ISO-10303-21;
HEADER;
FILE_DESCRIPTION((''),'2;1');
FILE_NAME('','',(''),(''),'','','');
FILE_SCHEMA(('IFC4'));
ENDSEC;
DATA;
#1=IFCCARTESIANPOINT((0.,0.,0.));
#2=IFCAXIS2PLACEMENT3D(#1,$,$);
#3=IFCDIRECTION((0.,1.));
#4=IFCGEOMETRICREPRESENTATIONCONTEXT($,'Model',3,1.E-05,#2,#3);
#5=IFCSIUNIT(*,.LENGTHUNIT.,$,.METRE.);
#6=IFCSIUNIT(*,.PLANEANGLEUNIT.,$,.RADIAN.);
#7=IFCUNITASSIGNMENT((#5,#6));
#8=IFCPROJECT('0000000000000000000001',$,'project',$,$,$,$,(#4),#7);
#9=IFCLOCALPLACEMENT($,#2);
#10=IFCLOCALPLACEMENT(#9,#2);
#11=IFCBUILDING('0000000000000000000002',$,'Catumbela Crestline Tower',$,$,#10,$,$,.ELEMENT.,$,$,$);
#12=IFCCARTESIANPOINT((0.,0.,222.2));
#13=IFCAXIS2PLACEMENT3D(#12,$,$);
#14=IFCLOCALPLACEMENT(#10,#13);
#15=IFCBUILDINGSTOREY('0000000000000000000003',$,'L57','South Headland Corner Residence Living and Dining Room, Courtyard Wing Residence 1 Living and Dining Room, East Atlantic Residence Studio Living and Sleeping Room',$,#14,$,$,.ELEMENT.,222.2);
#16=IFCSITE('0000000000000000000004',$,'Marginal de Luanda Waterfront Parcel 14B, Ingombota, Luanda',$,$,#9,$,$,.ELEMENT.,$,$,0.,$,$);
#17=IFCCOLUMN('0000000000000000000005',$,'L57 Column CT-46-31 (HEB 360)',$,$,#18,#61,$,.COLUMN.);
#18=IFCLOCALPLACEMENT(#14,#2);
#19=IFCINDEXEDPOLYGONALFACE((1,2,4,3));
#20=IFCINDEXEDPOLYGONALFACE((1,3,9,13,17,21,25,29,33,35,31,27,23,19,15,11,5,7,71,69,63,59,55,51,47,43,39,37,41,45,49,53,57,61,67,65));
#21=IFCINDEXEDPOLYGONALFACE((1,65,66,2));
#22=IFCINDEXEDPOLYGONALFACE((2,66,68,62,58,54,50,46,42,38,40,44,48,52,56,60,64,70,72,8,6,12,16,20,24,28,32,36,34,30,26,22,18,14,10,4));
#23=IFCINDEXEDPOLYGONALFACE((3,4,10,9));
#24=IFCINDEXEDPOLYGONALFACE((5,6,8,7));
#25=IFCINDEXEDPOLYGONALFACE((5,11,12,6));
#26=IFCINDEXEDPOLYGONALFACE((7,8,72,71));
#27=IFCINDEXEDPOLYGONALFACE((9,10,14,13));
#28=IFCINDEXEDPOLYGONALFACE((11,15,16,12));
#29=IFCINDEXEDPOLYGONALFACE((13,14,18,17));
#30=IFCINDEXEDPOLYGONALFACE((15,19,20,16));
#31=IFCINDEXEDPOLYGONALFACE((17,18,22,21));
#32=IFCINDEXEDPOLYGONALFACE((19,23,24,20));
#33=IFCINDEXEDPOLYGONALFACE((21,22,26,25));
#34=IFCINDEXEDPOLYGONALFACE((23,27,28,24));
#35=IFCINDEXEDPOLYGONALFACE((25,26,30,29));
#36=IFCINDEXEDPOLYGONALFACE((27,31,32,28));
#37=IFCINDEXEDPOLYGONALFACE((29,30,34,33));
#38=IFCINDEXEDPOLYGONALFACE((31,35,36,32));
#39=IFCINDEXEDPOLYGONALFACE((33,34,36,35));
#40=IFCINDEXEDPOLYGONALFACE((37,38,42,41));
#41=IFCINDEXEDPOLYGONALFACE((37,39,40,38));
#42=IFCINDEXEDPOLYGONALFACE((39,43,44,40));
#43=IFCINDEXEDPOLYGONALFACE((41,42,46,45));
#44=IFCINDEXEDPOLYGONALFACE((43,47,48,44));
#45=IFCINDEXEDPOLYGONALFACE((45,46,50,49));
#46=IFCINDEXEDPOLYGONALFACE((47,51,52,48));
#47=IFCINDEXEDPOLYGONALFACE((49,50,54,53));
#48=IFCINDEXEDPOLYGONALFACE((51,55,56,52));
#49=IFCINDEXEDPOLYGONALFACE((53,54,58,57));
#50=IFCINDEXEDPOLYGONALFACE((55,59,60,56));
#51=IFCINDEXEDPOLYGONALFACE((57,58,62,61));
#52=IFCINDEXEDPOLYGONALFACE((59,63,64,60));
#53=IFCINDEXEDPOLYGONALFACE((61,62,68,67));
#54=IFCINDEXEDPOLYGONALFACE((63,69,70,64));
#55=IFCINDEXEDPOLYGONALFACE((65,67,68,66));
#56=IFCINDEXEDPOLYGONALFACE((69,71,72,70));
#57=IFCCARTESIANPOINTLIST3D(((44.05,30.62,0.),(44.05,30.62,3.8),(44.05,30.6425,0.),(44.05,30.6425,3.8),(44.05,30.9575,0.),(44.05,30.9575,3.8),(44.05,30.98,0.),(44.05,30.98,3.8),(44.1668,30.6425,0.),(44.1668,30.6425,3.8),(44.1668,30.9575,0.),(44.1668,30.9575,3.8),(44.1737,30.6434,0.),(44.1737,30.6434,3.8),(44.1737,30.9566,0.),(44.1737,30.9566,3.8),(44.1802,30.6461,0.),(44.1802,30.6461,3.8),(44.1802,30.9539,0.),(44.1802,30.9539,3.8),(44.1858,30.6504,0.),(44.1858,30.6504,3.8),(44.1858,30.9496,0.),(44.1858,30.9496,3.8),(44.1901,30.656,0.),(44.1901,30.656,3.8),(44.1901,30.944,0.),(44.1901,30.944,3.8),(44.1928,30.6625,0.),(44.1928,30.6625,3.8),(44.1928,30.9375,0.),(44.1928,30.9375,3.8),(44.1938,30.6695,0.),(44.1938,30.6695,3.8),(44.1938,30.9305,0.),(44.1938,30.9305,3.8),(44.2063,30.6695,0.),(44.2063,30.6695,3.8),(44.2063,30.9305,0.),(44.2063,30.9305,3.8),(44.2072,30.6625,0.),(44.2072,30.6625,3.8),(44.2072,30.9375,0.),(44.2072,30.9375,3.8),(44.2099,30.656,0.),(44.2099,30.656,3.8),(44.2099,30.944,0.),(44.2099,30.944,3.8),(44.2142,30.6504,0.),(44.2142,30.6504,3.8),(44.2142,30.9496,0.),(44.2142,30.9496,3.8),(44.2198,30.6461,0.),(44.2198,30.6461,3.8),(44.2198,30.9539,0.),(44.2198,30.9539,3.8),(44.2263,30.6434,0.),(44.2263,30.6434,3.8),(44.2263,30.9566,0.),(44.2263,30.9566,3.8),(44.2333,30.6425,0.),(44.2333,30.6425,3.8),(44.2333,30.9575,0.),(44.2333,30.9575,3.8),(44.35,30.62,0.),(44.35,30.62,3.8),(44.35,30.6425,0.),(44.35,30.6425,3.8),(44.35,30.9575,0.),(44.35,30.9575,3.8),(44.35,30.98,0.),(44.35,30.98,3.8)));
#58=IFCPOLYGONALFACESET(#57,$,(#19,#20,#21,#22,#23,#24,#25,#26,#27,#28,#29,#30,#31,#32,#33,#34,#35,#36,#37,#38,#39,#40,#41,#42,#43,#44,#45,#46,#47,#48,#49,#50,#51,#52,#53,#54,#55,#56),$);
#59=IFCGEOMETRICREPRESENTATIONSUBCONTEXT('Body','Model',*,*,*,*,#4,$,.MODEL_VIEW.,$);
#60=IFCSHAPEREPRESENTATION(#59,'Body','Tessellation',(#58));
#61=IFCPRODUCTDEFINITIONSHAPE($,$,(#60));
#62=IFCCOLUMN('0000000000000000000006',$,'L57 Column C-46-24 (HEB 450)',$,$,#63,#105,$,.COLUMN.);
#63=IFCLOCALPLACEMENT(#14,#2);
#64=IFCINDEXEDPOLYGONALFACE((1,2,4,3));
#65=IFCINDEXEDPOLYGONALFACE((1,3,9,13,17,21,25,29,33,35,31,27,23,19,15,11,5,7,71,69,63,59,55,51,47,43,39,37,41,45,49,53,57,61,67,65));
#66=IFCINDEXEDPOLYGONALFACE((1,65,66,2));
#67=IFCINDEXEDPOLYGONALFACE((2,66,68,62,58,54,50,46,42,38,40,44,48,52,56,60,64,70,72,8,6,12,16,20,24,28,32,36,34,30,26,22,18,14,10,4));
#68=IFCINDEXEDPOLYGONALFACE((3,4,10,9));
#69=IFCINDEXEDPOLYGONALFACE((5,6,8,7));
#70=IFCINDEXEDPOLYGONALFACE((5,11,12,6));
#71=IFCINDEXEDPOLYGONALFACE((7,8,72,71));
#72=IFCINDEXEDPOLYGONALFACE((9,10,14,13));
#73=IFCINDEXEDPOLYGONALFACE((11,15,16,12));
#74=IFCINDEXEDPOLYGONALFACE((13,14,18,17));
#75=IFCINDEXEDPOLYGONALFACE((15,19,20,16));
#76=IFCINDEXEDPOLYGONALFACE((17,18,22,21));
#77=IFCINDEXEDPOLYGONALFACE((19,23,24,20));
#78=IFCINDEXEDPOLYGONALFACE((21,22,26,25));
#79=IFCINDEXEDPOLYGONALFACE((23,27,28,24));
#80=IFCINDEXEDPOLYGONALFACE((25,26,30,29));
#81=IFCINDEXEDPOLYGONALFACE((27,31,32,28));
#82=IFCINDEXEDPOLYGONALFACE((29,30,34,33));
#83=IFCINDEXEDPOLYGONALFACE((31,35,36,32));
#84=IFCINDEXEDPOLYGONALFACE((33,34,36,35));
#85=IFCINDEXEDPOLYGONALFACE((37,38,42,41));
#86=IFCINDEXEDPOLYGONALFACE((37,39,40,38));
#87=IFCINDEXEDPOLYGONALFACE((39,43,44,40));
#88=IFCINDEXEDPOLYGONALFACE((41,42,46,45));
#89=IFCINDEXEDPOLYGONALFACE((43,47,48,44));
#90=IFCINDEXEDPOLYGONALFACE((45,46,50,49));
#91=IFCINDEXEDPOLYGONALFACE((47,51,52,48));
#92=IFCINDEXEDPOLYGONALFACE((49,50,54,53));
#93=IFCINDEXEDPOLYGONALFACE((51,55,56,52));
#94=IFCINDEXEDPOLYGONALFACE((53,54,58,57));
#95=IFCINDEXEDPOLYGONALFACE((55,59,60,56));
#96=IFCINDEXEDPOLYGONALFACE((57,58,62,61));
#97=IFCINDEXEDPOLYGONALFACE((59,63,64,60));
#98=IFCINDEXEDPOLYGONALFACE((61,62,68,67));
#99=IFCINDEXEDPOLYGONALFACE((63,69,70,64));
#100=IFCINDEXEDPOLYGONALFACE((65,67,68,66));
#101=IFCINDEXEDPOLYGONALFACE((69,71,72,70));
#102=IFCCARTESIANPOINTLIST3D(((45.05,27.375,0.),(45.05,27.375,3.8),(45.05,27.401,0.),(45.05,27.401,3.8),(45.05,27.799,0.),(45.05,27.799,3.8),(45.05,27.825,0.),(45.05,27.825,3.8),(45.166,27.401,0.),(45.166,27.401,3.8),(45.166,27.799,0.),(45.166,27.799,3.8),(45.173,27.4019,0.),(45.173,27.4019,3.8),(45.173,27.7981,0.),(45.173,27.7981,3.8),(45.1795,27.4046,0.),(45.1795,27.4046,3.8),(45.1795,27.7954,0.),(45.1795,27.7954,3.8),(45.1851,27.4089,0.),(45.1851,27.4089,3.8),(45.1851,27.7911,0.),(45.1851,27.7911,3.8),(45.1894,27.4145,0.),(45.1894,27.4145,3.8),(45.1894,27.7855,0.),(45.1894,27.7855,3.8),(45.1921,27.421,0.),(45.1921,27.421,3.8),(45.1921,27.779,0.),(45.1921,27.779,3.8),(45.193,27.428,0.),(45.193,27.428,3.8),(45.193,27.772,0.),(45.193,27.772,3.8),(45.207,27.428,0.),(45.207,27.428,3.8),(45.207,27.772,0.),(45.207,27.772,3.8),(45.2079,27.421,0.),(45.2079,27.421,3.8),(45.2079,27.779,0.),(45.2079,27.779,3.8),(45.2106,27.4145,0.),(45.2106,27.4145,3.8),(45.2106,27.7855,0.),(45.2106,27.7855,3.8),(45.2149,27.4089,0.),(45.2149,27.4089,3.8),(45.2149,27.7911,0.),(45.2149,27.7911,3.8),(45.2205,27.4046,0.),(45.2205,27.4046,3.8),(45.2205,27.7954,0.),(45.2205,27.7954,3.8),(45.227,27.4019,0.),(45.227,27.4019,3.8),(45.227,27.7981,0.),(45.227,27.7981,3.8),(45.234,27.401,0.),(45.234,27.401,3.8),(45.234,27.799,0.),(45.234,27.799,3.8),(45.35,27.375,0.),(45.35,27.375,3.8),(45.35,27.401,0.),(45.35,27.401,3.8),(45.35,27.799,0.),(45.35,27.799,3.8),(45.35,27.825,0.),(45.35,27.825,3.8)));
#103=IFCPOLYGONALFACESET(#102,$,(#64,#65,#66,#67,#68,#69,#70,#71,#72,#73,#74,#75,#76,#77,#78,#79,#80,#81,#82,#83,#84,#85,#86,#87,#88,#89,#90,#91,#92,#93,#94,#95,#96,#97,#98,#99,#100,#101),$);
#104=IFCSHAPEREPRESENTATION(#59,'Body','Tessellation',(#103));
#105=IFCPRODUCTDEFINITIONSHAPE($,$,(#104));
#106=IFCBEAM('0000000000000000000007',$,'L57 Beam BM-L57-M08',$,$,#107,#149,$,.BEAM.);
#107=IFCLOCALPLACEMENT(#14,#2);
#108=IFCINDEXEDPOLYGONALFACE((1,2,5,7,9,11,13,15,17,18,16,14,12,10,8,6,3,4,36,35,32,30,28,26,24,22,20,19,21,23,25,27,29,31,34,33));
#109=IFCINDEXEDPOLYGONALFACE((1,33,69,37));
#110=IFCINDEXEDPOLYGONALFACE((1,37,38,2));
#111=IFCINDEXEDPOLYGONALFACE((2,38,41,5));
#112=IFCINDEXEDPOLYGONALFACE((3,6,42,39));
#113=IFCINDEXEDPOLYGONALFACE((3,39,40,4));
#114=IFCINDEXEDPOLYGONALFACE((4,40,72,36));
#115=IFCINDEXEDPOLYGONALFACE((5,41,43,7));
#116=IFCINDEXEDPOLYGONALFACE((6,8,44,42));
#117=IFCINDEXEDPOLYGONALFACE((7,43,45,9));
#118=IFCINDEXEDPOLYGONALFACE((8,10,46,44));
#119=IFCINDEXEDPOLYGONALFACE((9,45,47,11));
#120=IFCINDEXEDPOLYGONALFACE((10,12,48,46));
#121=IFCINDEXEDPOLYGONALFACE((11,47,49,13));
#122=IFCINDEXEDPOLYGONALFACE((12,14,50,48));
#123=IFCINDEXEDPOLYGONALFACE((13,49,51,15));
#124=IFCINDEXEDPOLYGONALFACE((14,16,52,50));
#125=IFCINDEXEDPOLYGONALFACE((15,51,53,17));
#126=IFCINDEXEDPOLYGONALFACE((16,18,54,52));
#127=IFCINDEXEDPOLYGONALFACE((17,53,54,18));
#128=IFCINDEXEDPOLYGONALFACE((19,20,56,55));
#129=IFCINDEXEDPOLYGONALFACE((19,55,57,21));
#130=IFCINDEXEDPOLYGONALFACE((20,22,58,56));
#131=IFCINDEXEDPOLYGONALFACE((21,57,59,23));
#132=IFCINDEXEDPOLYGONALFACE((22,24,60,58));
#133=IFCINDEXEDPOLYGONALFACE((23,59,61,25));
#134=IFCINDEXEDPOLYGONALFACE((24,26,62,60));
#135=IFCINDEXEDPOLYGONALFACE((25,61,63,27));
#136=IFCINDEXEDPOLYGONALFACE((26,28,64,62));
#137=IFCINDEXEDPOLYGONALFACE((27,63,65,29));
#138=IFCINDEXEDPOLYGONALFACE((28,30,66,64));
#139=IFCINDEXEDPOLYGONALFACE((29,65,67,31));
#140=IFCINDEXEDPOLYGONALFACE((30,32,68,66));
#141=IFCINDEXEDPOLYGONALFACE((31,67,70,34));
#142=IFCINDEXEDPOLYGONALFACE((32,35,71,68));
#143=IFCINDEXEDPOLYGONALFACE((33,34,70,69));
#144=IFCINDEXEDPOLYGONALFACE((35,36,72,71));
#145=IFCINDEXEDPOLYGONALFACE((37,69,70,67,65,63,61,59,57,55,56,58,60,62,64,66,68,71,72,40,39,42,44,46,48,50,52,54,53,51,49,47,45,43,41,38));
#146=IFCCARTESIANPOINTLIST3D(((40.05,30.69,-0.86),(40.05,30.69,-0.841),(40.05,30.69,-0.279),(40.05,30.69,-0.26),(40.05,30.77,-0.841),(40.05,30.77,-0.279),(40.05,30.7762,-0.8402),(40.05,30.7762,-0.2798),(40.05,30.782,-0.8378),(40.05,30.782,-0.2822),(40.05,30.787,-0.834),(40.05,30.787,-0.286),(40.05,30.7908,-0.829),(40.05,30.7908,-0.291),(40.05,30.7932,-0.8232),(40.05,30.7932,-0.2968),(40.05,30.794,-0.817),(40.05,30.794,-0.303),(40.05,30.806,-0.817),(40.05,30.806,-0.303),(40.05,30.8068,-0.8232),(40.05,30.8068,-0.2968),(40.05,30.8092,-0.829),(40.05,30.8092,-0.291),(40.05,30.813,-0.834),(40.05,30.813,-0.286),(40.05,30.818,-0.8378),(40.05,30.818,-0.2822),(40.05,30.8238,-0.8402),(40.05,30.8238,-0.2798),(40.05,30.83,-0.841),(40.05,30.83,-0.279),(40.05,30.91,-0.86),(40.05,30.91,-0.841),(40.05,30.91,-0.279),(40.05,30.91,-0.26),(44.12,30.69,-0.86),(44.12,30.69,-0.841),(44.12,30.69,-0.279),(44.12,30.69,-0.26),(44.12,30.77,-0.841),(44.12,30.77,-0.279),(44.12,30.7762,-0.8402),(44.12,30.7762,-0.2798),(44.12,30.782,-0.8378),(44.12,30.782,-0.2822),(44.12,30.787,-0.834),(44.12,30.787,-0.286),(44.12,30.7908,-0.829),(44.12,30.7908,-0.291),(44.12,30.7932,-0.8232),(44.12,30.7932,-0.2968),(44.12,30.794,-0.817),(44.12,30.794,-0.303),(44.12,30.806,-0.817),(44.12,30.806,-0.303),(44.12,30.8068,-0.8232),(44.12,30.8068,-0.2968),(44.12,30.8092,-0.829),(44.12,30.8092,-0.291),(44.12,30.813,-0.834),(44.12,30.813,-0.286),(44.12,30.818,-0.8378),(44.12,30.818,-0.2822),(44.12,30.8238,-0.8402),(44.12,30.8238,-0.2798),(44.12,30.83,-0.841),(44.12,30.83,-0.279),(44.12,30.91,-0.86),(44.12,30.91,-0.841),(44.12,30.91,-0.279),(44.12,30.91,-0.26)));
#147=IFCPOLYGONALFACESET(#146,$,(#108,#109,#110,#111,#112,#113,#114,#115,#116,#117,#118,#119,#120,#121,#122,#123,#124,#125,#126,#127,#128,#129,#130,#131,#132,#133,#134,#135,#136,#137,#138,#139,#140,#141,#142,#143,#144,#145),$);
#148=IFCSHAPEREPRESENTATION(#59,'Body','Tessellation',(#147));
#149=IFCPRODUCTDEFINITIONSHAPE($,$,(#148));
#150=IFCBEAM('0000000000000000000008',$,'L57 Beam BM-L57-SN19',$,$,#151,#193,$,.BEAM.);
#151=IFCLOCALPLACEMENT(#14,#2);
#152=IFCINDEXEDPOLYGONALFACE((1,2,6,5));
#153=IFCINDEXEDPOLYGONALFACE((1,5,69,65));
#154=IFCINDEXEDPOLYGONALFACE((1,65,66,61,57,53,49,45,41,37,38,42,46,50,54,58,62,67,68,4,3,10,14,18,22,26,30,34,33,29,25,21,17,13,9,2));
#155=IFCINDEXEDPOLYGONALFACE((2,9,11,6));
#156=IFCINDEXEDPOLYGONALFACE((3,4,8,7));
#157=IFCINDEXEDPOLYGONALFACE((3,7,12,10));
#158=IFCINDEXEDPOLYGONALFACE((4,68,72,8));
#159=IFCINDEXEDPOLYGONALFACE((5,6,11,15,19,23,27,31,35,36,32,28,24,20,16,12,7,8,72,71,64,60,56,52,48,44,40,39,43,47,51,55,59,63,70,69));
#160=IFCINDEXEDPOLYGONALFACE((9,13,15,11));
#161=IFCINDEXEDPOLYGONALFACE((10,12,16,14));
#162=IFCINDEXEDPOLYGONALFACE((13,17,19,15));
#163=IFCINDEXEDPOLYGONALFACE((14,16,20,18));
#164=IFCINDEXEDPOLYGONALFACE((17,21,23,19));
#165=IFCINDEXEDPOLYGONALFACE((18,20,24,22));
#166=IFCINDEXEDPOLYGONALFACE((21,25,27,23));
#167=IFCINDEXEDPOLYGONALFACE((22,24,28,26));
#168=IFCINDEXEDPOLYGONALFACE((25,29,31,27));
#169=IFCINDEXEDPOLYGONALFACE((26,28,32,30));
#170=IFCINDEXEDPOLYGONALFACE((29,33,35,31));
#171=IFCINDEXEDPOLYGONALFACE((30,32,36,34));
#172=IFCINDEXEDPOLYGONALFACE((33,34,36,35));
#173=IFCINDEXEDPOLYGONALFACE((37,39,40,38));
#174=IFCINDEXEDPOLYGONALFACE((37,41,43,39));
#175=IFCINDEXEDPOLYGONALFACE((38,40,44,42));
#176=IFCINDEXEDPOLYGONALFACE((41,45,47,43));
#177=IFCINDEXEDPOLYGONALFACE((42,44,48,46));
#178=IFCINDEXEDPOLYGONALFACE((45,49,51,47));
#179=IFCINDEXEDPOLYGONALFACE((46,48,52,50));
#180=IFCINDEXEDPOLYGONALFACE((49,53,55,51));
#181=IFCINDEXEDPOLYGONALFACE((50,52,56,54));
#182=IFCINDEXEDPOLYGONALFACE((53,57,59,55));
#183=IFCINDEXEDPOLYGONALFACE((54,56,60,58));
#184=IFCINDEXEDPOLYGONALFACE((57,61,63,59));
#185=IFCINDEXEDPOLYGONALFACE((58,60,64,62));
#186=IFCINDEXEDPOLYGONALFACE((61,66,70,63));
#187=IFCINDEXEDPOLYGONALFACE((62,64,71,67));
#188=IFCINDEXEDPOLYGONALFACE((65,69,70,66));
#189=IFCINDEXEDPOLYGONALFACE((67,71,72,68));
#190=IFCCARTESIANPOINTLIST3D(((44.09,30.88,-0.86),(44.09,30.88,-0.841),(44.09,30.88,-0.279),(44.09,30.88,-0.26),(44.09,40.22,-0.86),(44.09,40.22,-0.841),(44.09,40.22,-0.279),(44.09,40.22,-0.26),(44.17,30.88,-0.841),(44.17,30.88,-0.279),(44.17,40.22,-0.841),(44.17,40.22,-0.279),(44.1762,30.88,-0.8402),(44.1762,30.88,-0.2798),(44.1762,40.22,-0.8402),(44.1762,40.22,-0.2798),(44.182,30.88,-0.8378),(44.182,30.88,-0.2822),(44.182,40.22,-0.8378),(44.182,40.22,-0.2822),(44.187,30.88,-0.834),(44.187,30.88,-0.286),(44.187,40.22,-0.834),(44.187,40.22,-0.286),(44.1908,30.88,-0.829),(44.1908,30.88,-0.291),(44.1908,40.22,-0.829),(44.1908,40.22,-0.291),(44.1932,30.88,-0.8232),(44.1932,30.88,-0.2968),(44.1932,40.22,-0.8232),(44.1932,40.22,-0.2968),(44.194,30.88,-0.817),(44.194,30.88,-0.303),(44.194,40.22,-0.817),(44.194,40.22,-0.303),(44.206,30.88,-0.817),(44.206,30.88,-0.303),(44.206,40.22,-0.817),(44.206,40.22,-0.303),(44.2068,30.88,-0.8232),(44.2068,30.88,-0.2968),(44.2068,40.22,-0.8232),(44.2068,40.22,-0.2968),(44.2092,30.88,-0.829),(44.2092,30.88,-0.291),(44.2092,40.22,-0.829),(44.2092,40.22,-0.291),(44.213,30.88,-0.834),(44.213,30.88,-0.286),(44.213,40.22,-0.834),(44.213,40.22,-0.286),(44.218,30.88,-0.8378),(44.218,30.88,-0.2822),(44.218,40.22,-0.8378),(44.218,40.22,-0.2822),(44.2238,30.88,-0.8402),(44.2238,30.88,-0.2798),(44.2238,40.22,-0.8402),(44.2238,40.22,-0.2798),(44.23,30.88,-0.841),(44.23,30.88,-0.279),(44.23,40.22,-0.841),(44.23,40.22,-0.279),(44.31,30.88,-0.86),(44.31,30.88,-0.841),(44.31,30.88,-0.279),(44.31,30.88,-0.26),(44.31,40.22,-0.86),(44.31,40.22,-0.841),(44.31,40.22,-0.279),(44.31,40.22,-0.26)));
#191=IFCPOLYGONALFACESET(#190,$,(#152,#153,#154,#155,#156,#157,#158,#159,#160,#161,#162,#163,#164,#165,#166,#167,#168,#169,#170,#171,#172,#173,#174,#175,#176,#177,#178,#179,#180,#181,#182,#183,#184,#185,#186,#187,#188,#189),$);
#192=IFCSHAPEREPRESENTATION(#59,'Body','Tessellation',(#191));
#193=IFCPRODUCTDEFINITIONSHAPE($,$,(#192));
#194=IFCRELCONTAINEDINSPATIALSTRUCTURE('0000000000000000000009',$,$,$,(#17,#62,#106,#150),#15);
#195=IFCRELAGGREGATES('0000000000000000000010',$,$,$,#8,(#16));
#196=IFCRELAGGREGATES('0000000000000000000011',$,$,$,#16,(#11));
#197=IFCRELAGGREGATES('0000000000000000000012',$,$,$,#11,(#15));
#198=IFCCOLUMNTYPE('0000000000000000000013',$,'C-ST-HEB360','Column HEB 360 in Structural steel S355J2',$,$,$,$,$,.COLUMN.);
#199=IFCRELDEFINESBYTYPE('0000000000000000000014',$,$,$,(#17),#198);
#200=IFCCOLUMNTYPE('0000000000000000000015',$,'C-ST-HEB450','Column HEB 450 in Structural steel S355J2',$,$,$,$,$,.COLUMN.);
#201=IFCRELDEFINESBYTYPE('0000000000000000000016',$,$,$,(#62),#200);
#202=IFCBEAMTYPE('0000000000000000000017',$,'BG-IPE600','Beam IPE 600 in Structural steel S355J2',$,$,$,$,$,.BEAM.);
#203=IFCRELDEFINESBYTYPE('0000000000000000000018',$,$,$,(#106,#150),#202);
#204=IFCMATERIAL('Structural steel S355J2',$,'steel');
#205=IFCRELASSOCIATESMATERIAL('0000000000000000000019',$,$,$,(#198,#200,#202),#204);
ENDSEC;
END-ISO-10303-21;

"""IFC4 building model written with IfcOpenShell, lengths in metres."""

from ifc_helpers import new_model, si_unit, direction, frame, origin, origin_2d, place, context, subcontext, project, spatial, i_section, extrude, material, material_profile, profile_set, type_object, element, save


model = new_model("IFC4")

# Units and contexts
model_context = context("Model", 3, precision=1e-05, world=origin(), true_north=direction((0.0, 1.0)))
body_context = subcontext(model_context, "Body", "Model", "MODEL_VIEW")
ifc_project = project(units=[si_unit("LENGTHUNIT", "METRE"), si_unit("PLANEANGLEUNIT", "RADIAN")], contexts=[model_context])

# Site, building, storey
site_placement = place(None, origin())
site = spatial("IfcSite", under=ifc_project, at=site_placement, Name="Marginal de Luanda Waterfront Parcel 14B, Ingombota, Luanda", CompositionType="ELEMENT", RefElevation=0.0)
building_placement = place(site_placement, origin())
building = spatial("IfcBuilding", under=site, at=building_placement, Name="Catumbela Crestline Tower", CompositionType="ELEMENT")
storey_placement = place(building_placement, frame((0.0, 0.0, 222.2)))
storey = spatial("IfcBuildingStorey", under=building, at=storey_placement, Name="L57", Description="South Headland Corner Residence Living and Dining Room, Courtyard Wing Residence 1 Living and Dining Room, East Atlantic Residence Studio Living and Sleeping Room", CompositionType="ELEMENT", Elevation=222.2)

# Columns
ifc_material_1 = material(Name="Structural steel S355J2", Category="steel")
ifc_material_profile_1 = material_profile(ifc_material_1, i_section(OverallWidth=0.3, OverallDepth=0.36, WebThickness=0.0125, FlangeThickness=0.0225, FilletRadius=0.027, at=origin_2d()), Name="HEB 360")
ifc_profile_set_1 = profile_set([ifc_material_profile_1], Name="Structural steel S355J2")
column_type_1 = type_object("IfcColumnType", Name="C-ST-HEB360", Description="Column HEB 360 in Structural steel S355J2", PredefinedType="COLUMN", material=ifc_profile_set_1)
column_1_placement = place(storey_placement, frame((44.2, 30.8, 0.0), z_axis=(0.0, 0.0, 1.0), x_axis=(1.0, 0.0, 0.0)))
element("IfcColumn", 1, at=column_1_placement, inside=storey, type_object=column_type_1, Name="L57 Column CT-46-31 (HEB 360)", PredefinedType="COLUMN", context=body_context, shape_type="SweptSolid", body=[
    extrude(i_section(OverallWidth=0.3, OverallDepth=0.36, WebThickness=0.0125, FlangeThickness=0.0225, FilletRadius=0.027, at=origin_2d()), origin(), (0.0, 0.0, 1.0), 3.8),
])
ifc_material_profile_2 = material_profile(ifc_material_1, i_section(OverallWidth=0.3, OverallDepth=0.45, WebThickness=0.014, FlangeThickness=0.026, FilletRadius=0.027, at=origin_2d()), Name="HEB 450")
ifc_profile_set_2 = profile_set([ifc_material_profile_2], Name="Structural steel S355J2")
column_type_2 = type_object("IfcColumnType", Name="C-ST-HEB450", Description="Column HEB 450 in Structural steel S355J2", PredefinedType="COLUMN", material=ifc_profile_set_2)
column_2_placement = place(storey_placement, frame((45.2, 27.6, 0.0), z_axis=(0.0, 0.0, 1.0), x_axis=(1.0, 0.0, 0.0)))
element("IfcColumn", 2, at=column_2_placement, inside=storey, type_object=column_type_2, Name="L57 Column C-46-24 (HEB 450)", PredefinedType="COLUMN", context=body_context, shape_type="SweptSolid", body=[
    extrude(i_section(OverallWidth=0.3, OverallDepth=0.45, WebThickness=0.014, FlangeThickness=0.026, FilletRadius=0.027, at=origin_2d()), origin(), (0.0, 0.0, 1.0), 3.8),
])

# Beams
ifc_material_profile_3 = material_profile(ifc_material_1, i_section(OverallWidth=0.22, OverallDepth=0.6, WebThickness=0.012, FlangeThickness=0.019, FilletRadius=0.024, at=origin_2d()), Name="IPE 600")
ifc_profile_set_3 = profile_set([ifc_material_profile_3], Name="Structural steel S355J2")
beam_type_1 = type_object("IfcBeamType", Name="BG-IPE600", Description="Beam IPE 600 in Structural steel S355J2", PredefinedType="BEAM", material=ifc_profile_set_3)
beam_1_placement = place(storey_placement, frame((40.05, 30.8, -0.56), z_axis=(1.0, 0.0, 0.0), x_axis=(0.0, 1.0, 0.0)))
element("IfcBeam", 3, at=beam_1_placement, inside=storey, type_object=beam_type_1, Name="L57 Beam BM-L57-M08", PredefinedType="BEAM", context=body_context, shape_type="SweptSolid", body=[
    extrude(i_section(OverallWidth=0.22, OverallDepth=0.6, WebThickness=0.012, FlangeThickness=0.019, FilletRadius=0.024, at=origin_2d()), origin(), (0.0, 0.0, 1.0), 4.07),
])
beam_2_placement = place(storey_placement, frame((44.2, 30.88, -0.56), z_axis=(0.0, 1.0, 0.0), x_axis=(-1.0, 0.0, 0.0)))
element("IfcBeam", 4, at=beam_2_placement, inside=storey, type_object=beam_type_1, Name="L57 Beam BM-L57-SN19", PredefinedType="BEAM", context=body_context, shape_type="SweptSolid", body=[
    extrude(i_section(OverallWidth=0.22, OverallDepth=0.6, WebThickness=0.012, FlangeThickness=0.019, FilletRadius=0.024, at=origin_2d()), origin(), (0.0, 0.0, 1.0), 9.34),
])

save(model, "model.ifc")
